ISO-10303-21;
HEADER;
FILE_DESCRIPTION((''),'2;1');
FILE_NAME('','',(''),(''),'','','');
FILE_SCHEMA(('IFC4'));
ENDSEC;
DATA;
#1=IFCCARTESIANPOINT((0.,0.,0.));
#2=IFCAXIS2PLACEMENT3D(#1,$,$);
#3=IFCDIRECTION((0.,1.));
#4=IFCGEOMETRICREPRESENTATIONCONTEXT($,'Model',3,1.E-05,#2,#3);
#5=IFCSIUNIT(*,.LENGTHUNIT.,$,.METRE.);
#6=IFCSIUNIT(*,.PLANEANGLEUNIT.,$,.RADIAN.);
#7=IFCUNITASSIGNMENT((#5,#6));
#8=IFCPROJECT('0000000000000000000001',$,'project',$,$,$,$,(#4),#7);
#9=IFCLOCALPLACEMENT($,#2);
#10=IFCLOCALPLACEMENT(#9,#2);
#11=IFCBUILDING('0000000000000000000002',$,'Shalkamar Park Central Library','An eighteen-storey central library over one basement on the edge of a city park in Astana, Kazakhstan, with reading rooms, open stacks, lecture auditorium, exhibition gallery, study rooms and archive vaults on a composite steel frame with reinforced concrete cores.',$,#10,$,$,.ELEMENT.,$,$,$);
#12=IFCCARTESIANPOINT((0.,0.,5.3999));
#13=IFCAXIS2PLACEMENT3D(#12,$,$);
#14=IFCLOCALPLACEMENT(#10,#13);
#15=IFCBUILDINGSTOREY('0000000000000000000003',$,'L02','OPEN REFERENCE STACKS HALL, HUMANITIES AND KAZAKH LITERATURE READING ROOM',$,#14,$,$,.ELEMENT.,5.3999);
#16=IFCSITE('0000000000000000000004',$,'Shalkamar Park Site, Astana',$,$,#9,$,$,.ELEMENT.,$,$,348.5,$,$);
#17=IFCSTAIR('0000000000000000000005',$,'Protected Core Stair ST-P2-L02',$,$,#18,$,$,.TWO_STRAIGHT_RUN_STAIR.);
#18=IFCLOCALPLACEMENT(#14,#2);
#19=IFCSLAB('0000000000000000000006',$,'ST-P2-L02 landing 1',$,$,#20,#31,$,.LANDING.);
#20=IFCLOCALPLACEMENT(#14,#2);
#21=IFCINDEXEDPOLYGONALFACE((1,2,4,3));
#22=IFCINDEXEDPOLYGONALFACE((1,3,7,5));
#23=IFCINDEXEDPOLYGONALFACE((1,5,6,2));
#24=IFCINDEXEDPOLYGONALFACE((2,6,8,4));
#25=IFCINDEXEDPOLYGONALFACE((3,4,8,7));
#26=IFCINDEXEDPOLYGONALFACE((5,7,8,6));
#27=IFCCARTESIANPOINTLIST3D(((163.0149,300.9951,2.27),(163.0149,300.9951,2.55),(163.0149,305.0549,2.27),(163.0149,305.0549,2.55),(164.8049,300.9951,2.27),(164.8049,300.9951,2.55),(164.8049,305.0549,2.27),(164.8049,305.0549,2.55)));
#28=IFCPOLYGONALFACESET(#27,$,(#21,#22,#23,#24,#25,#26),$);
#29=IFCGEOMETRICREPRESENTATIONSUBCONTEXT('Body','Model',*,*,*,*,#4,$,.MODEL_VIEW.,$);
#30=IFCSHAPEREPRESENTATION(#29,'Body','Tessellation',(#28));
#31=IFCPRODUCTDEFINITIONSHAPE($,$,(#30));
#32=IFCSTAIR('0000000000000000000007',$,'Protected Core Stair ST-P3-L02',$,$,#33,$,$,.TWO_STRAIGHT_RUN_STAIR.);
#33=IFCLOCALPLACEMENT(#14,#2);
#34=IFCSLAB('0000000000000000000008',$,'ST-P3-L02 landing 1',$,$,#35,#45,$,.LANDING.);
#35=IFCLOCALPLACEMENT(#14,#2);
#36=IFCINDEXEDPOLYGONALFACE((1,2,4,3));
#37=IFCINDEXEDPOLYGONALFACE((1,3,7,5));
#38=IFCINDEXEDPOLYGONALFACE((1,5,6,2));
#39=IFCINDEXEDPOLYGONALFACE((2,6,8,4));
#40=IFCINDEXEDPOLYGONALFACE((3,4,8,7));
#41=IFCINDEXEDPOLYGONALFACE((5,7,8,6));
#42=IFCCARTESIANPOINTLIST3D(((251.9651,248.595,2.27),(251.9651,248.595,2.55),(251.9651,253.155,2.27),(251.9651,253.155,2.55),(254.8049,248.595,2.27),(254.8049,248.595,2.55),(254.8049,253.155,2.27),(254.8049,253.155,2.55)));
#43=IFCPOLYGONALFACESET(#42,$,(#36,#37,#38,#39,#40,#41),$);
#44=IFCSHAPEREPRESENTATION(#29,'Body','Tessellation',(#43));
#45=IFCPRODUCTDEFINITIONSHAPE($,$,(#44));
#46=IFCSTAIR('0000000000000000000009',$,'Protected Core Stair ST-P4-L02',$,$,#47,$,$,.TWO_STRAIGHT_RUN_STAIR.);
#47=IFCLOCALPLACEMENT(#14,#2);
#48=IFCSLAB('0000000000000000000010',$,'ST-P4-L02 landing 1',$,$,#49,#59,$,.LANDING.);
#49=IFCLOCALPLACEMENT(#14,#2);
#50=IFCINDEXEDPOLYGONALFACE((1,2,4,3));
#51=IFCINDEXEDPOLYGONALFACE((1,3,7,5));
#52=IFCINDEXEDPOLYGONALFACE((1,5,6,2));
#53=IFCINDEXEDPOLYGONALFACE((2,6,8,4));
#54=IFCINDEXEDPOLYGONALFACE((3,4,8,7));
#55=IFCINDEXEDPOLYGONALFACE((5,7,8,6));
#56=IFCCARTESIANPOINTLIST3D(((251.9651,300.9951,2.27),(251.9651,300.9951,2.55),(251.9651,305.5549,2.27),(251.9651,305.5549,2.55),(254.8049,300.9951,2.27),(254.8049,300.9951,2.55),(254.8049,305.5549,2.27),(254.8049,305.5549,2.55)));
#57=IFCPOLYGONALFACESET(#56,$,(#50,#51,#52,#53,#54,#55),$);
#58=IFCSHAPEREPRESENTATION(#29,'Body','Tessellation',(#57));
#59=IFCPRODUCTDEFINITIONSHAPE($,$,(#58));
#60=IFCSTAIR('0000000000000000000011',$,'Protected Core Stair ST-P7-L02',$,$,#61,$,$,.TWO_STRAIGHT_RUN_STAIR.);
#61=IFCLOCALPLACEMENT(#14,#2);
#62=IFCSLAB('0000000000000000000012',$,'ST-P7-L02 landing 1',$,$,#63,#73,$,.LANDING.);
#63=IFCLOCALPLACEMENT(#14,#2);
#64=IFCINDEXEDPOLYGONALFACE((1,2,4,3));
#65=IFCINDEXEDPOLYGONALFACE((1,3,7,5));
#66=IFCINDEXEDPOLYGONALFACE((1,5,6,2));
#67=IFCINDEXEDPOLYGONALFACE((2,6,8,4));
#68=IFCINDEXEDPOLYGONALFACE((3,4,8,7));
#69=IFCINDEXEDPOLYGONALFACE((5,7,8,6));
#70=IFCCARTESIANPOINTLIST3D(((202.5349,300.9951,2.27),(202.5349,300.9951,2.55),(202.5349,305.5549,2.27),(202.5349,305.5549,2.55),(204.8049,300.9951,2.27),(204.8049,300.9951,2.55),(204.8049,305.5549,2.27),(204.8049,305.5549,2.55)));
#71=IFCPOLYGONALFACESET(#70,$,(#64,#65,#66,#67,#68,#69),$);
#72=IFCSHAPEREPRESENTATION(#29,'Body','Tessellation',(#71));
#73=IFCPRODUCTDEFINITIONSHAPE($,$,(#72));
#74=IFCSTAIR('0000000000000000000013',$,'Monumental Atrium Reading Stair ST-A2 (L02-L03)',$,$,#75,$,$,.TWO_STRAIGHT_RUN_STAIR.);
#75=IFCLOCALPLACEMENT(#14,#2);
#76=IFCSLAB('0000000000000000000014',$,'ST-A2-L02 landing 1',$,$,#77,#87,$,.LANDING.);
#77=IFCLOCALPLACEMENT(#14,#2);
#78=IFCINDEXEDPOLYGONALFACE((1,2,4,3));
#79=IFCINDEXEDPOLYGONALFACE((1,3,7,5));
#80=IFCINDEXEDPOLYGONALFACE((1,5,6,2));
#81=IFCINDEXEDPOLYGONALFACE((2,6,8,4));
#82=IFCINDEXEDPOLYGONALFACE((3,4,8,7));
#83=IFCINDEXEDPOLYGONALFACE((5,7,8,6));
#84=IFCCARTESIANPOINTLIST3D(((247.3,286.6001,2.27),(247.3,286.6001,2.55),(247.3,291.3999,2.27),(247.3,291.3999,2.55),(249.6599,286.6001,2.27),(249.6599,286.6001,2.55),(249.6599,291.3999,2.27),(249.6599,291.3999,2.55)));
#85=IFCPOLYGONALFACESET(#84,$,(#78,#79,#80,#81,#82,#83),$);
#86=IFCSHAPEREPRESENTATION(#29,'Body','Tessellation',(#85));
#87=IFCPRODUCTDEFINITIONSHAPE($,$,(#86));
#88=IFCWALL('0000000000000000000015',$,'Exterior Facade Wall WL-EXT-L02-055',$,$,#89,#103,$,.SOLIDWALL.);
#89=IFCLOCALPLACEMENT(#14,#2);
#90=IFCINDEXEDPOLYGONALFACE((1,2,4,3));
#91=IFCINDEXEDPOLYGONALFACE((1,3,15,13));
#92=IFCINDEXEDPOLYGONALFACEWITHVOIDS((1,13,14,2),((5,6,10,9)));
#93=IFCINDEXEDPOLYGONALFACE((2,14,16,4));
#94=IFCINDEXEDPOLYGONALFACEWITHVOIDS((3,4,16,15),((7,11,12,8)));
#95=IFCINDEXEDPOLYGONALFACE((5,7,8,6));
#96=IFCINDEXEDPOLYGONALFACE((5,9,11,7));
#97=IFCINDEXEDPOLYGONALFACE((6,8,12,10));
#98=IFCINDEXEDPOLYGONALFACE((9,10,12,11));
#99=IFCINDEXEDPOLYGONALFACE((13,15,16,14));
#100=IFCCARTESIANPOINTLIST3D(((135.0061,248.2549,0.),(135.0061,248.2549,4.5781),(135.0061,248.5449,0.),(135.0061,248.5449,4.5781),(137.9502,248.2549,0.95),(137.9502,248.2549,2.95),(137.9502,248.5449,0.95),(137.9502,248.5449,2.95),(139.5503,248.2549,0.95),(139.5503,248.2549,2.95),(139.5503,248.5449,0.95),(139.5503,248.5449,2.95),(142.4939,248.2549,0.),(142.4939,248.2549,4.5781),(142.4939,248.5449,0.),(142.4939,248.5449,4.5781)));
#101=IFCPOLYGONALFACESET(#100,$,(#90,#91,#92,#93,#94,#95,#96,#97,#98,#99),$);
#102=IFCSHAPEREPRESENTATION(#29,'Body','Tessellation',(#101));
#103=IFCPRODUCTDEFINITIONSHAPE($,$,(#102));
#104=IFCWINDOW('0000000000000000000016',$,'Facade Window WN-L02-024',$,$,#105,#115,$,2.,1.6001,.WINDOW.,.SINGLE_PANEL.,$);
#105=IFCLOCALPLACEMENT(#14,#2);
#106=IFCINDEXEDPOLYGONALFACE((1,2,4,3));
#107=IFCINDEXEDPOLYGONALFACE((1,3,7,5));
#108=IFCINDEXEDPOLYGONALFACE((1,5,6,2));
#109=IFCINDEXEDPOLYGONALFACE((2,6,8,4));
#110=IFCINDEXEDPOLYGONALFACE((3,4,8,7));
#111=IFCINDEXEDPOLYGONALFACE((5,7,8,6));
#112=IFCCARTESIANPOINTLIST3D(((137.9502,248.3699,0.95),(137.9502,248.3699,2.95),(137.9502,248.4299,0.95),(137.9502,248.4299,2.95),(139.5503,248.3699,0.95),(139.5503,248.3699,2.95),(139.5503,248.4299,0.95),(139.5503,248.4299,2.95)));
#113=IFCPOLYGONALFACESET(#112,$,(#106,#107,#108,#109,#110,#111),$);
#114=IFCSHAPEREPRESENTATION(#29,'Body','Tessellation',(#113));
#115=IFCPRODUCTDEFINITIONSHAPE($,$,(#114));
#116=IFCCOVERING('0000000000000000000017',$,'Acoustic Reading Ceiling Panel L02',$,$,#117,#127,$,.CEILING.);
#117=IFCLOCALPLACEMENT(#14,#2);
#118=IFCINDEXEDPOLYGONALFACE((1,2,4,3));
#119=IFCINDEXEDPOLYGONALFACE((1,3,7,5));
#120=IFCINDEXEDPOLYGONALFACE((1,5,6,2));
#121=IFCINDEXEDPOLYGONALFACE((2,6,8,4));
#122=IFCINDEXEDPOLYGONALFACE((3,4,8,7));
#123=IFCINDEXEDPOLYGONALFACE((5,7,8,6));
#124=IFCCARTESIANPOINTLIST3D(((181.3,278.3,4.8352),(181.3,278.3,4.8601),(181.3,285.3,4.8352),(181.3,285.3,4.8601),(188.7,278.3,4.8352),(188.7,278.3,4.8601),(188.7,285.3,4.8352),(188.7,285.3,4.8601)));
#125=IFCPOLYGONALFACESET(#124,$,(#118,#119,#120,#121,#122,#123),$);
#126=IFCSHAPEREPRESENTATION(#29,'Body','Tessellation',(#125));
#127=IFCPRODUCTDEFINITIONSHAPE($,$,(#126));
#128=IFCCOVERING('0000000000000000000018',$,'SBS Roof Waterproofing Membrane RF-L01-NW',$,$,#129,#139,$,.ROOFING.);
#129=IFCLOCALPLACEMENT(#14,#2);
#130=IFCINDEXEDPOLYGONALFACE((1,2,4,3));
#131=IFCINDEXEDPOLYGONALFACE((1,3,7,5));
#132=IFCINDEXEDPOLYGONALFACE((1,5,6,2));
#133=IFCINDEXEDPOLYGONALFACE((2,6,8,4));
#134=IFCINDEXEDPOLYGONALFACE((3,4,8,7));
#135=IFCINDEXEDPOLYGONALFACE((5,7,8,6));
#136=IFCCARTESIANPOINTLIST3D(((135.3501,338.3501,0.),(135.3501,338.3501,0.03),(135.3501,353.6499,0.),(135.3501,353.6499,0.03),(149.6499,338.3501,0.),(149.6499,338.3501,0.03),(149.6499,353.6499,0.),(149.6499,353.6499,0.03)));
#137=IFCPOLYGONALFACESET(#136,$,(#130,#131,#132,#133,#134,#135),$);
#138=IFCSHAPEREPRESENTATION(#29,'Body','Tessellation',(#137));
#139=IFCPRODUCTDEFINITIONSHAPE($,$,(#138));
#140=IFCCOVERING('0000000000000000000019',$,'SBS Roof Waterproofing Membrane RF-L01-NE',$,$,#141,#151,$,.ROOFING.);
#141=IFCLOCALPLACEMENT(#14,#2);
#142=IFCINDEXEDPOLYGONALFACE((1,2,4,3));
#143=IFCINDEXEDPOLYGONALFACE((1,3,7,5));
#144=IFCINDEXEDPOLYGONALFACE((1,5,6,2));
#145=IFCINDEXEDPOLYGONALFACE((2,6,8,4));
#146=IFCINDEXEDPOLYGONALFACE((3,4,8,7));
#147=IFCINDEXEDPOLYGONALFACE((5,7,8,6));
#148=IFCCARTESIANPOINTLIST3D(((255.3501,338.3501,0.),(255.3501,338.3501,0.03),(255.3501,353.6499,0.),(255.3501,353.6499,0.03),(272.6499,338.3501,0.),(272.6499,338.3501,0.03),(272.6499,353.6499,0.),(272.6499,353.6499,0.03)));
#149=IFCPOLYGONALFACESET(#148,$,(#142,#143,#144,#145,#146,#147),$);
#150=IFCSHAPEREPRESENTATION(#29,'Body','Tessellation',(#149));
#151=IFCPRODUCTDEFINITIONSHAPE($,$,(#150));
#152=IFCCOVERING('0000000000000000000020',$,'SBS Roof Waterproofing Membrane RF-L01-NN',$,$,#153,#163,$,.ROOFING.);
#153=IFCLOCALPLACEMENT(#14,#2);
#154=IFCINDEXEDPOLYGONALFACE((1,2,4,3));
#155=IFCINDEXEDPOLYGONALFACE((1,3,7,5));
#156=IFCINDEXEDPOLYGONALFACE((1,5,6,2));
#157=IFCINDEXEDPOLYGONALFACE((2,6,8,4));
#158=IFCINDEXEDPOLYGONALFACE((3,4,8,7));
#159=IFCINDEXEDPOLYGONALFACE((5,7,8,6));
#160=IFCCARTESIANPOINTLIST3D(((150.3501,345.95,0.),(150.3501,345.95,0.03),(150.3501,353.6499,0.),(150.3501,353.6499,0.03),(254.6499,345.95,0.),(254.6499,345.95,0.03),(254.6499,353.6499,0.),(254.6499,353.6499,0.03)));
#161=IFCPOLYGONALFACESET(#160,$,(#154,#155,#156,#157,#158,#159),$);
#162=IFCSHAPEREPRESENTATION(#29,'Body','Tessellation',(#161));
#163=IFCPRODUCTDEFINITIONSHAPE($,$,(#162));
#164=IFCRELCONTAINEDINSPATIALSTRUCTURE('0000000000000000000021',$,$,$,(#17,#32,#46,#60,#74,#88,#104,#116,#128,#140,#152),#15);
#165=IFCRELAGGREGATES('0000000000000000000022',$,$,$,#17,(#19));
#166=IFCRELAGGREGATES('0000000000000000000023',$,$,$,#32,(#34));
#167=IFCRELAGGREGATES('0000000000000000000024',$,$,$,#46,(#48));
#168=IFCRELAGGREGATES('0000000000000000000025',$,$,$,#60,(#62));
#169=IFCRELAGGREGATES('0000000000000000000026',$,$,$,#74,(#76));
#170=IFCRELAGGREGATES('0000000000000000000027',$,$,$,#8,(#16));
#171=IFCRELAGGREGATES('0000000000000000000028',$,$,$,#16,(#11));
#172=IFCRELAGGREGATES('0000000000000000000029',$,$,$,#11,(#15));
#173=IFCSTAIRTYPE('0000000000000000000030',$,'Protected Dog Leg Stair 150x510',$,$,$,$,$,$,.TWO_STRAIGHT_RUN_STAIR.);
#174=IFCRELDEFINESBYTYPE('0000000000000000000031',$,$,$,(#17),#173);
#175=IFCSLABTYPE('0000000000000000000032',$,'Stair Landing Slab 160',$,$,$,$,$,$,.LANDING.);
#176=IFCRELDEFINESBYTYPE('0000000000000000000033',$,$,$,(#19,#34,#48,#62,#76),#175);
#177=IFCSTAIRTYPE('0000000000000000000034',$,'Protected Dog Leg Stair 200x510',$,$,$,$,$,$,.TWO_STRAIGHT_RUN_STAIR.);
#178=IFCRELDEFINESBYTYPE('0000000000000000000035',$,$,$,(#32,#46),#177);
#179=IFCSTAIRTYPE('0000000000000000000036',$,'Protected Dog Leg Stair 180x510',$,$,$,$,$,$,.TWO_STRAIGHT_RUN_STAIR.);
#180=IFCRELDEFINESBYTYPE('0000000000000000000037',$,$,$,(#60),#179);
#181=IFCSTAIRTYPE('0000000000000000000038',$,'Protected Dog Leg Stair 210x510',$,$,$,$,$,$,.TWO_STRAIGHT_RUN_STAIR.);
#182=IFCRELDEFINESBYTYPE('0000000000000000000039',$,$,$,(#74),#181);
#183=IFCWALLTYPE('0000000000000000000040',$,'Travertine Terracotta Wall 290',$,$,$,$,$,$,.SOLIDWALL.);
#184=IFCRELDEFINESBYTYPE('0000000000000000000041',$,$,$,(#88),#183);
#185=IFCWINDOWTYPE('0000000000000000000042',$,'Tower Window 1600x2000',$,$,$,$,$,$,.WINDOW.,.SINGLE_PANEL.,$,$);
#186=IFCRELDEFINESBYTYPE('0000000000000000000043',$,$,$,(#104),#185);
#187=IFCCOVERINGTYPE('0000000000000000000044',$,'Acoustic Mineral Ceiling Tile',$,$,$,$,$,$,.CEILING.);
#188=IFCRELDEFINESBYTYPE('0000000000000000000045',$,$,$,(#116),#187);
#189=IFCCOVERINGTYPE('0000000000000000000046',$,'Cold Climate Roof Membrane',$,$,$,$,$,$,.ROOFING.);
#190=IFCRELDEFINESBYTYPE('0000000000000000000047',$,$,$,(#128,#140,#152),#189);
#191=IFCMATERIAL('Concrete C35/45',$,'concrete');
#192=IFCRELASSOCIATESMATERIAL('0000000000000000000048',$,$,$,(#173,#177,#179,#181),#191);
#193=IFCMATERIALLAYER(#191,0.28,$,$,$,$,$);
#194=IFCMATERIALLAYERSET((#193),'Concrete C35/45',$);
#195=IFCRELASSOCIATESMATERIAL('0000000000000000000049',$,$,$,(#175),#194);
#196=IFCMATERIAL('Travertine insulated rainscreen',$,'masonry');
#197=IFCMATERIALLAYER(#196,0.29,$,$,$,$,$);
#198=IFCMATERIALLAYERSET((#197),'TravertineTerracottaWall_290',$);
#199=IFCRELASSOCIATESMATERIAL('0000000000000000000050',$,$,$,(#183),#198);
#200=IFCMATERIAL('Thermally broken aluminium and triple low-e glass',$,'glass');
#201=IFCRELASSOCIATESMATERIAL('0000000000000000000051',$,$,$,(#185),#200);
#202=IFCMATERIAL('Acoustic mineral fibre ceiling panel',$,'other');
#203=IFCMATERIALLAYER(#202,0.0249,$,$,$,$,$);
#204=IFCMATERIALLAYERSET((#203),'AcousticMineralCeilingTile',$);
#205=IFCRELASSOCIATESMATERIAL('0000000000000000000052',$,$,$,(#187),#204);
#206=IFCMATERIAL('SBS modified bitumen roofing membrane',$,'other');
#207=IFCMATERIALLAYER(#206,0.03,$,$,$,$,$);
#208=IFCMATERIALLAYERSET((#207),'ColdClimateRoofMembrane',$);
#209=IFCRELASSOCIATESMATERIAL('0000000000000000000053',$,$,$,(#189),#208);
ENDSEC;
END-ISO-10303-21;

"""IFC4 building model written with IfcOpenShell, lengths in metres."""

from ifc_helpers import new_model, si_unit, direction, frame, frame_2d, origin, place, context, subcontext, project, spatial, polyline, rectangle, outline, extrude, material, layer, layer_set, type_object, element, fill, aggregate, save


model = new_model("IFC4")

# Units and contexts
model_context = context("Model", 3, precision=1e-05, world=origin(), true_north=direction((0.0, 1.0)))
body_context = subcontext(model_context, "Body", "Model", "MODEL_VIEW")
ifc_project = project(units=[si_unit("LENGTHUNIT", "METRE"), si_unit("PLANEANGLEUNIT", "RADIAN")], contexts=[model_context])

# Site, building, storey
site_placement = place(None, origin())
site = spatial("IfcSite", under=ifc_project, at=site_placement, Name="Shalkamar Park Site, Astana", CompositionType="ELEMENT", RefElevation=348.5)
building_placement = place(site_placement, origin())
building = spatial("IfcBuilding", under=site, at=building_placement, Name="Shalkamar Park Central Library", Description="An eighteen-storey central library over one basement on the edge of a city park in Astana, Kazakhstan, with reading rooms, open stacks, lecture auditorium, exhibition gallery, study rooms and archive vaults on a composite steel frame with reinforced concrete cores.", CompositionType="ELEMENT")
storey_placement = place(building_placement, frame((0.0, 0.0, 5.3999)))
storey = spatial("IfcBuildingStorey", under=building, at=storey_placement, Name="L02", Description="OPEN REFERENCE STACKS HALL, HUMANITIES AND KAZAKH LITERATURE READING ROOM", CompositionType="ELEMENT", Elevation=5.3999)

# Stairs, slabs
ifc_material_1 = material(Name="Concrete C35/45", Category="concrete")
stair_type_1 = type_object("IfcStairType", Name="Protected Dog Leg Stair 150x510", PredefinedType="TWO_STRAIGHT_RUN_STAIR", material=ifc_material_1)
ifc_layer_1 = layer(ifc_material_1, 0.28)
ifc_layer_set_1 = layer_set([ifc_layer_1], Name="Concrete C35/45")
slab_type = type_object("IfcSlabType", Name="Stair Landing Slab 160", PredefinedType="LANDING", material=ifc_layer_set_1)
stair_1_placement = place(storey_placement, origin())
stair_1 = element("IfcStair", 1, at=stair_1_placement, inside=storey, type_object=stair_type_1, Name="Protected Core Stair ST-P2-L02", PredefinedType="TWO_STRAIGHT_RUN_STAIR")
slab_1_placement = place(storey_placement, frame((0.0, 0.0, 2.27)))
slab_1 = element("IfcSlab", 2, at=slab_1_placement, type_object=slab_type, Name="ST-P2-L02 landing 1", PredefinedType="LANDING", context=body_context, shape_type="SweptSolid", body=[
    extrude(outline(polyline([(163.0149, 300.9951), (164.8049, 300.9951), (164.8049, 305.0549), (163.0149, 305.0549), (163.0149, 300.9951)])), origin(), (0.0, 0.0, 1.0), 0.28),
])
aggregate(stair_1, [slab_1])
stair_type_2 = type_object("IfcStairType", Name="Protected Dog Leg Stair 200x510", PredefinedType="TWO_STRAIGHT_RUN_STAIR", material=ifc_material_1)
stair_2_placement = place(storey_placement, origin())
stair_2 = element("IfcStair", 3, at=stair_2_placement, inside=storey, type_object=stair_type_2, Name="Protected Core Stair ST-P3-L02", PredefinedType="TWO_STRAIGHT_RUN_STAIR")
slab_2_placement = place(storey_placement, frame((0.0, 0.0, 2.27)))
slab_2 = element("IfcSlab", 4, at=slab_2_placement, type_object=slab_type, Name="ST-P3-L02 landing 1", PredefinedType="LANDING", context=body_context, shape_type="SweptSolid", body=[
    extrude(outline(polyline([(251.9651, 248.595), (254.8049, 248.595), (254.8049, 253.155), (251.9651, 253.155), (251.9651, 248.595)])), origin(), (0.0, 0.0, 1.0), 0.28),
])
aggregate(stair_2, [slab_2])
stair_3_placement = place(storey_placement, origin())
stair_3 = element("IfcStair", 5, at=stair_3_placement, inside=storey, type_object=stair_type_2, Name="Protected Core Stair ST-P4-L02", PredefinedType="TWO_STRAIGHT_RUN_STAIR")
slab_3_placement = place(storey_placement, frame((0.0, 0.0, 2.27)))
slab_3 = element("IfcSlab", 6, at=slab_3_placement, type_object=slab_type, Name="ST-P4-L02 landing 1", PredefinedType="LANDING", context=body_context, shape_type="SweptSolid", body=[
    extrude(outline(polyline([(251.9651, 300.9951), (254.8049, 300.9951), (254.8049, 305.5549), (251.9651, 305.5549), (251.9651, 300.9951)])), origin(), (0.0, 0.0, 1.0), 0.28),
])
aggregate(stair_3, [slab_3])
stair_type_3 = type_object("IfcStairType", Name="Protected Dog Leg Stair 180x510", PredefinedType="TWO_STRAIGHT_RUN_STAIR", material=ifc_material_1)
stair_4_placement = place(storey_placement, origin())
stair_4 = element("IfcStair", 7, at=stair_4_placement, inside=storey, type_object=stair_type_3, Name="Protected Core Stair ST-P7-L02", PredefinedType="TWO_STRAIGHT_RUN_STAIR")
slab_4_placement = place(storey_placement, frame((0.0, 0.0, 2.27)))
slab_4 = element("IfcSlab", 8, at=slab_4_placement, type_object=slab_type, Name="ST-P7-L02 landing 1", PredefinedType="LANDING", context=body_context, shape_type="SweptSolid", body=[
    extrude(outline(polyline([(202.5349, 300.9951), (204.8049, 300.9951), (204.8049, 305.5549), (202.5349, 305.5549), (202.5349, 300.9951)])), origin(), (0.0, 0.0, 1.0), 0.28),
])
aggregate(stair_4, [slab_4])
stair_type_4 = type_object("IfcStairType", Name="Protected Dog Leg Stair 210x510", PredefinedType="TWO_STRAIGHT_RUN_STAIR", material=ifc_material_1)
stair_5_placement = place(storey_placement, origin())
stair_5 = element("IfcStair", 9, at=stair_5_placement, inside=storey, type_object=stair_type_4, Name="Monumental Atrium Reading Stair ST-A2 (L02-L03)", PredefinedType="TWO_STRAIGHT_RUN_STAIR")
slab_5_placement = place(storey_placement, frame((0.0, 0.0, 2.27)))
slab_5 = element("IfcSlab", 10, at=slab_5_placement, type_object=slab_type, Name="ST-A2-L02 landing 1", PredefinedType="LANDING", context=body_context, shape_type="SweptSolid", body=[
    extrude(outline(polyline([(247.3, 286.6001), (249.6599, 286.6001), (249.6599, 291.3999), (247.3, 291.3999), (247.3, 286.6001)])), origin(), (0.0, 0.0, 1.0), 0.28),
])
aggregate(stair_5, [slab_5])

# Wall, opening, window
ifc_material_2 = material(Name="Travertine insulated rainscreen", Category="masonry")
ifc_layer_2 = layer(ifc_material_2, 0.29)
ifc_layer_set_2 = layer_set([ifc_layer_2], Name="TravertineTerracottaWall_290")
wall_type = type_object("IfcWallType", Name="Travertine Terracotta Wall 290", PredefinedType="SOLIDWALL", material=ifc_layer_set_2)
wall_placement = place(storey_placement, frame((135.0061, 248.3999, 0.0), z_axis=(0.0, 0.0, 1.0), x_axis=(1.0, 0.0, 0.0)))
wall = element("IfcWall", 11, at=wall_placement, inside=storey, type_object=wall_type, Name="Exterior Facade Wall WL-EXT-L02-055", PredefinedType="SOLIDWALL", context=body_context, shape_type="SweptSolid", body=[
    extrude(rectangle(XDim=7.4878, YDim=0.29, at=frame_2d((3.7439, 0.0))), origin(), (0.0, 0.0, 1.0), 4.5781),
])
opening_placement = place(wall_placement, frame((2.9441, 0.0, 0.95)))
opening = element("IfcOpeningElement", 12, at=opening_placement, cuts=wall, PredefinedType="OPENING", context=body_context, shape_type="SweptSolid", body=[
    extrude(rectangle(XDim=1.6001, YDim=2.0, at=frame_2d((0.8, 1.0))), frame((0.0, 0.1599, 0.0), z_axis=(0.0, -1.0, 0.0), x_axis=(1.0, 0.0, 0.0)), (0.0, 0.0, 1.0), 0.3198),
])
ifc_material_3 = material(Name="Thermally broken aluminium and triple low-e glass", Category="glass")
window_type = type_object("IfcWindowType", Name="Tower Window 1600x2000", PartitioningType="SINGLE_PANEL", PredefinedType="WINDOW", material=ifc_material_3)
window_placement = place(opening_placement, origin())
window = element("IfcWindow", 13, at=window_placement, inside=storey, type_object=window_type, Name="Facade Window WN-L02-024", OverallHeight=2.0, OverallWidth=1.6001, PartitioningType="SINGLE_PANEL", PredefinedType="WINDOW", context=body_context, shape_type="SweptSolid", body=[
    extrude(rectangle(XDim=1.6001, YDim=2.0, at=frame_2d((0.8, 1.0))), frame((0.0, 0.03, 0.0), z_axis=(0.0, -1.0, 0.0), x_axis=(1.0, 0.0, 0.0)), (0.0, 0.0, 1.0), 0.0601),
])
fill(opening, window)

# Coverings
ifc_material_4 = material(Name="Acoustic mineral fibre ceiling panel", Category="other")
ifc_layer_3 = layer(ifc_material_4, 0.0249)
ifc_layer_set_3 = layer_set([ifc_layer_3], Name="AcousticMineralCeilingTile")
covering_type_1 = type_object("IfcCoveringType", Name="Acoustic Mineral Ceiling Tile", PredefinedType="CEILING", material=ifc_layer_set_3)
covering_1_placement = place(storey_placement, frame((0.0, 0.0, 4.8352)))
element("IfcCovering", 14, at=covering_1_placement, inside=storey, type_object=covering_type_1, Name="Acoustic Reading Ceiling Panel L02", PredefinedType="CEILING", context=body_context, shape_type="SweptSolid", body=[
    extrude(outline(polyline([(181.3, 278.3), (188.7, 278.3), (188.7, 285.3), (181.3, 285.3), (181.3, 278.3)])), origin(), (0.0, 0.0, 1.0), 0.0249),
])
ifc_material_5 = material(Name="SBS modified bitumen roofing membrane", Category="other")
ifc_layer_4 = layer(ifc_material_5, 0.03)
ifc_layer_set_4 = layer_set([ifc_layer_4], Name="ColdClimateRoofMembrane")
covering_type_2 = type_object("IfcCoveringType", Name="Cold Climate Roof Membrane", PredefinedType="ROOFING", material=ifc_layer_set_4)
covering_2_placement = place(storey_placement, origin())
element("IfcCovering", 15, at=covering_2_placement, inside=storey, type_object=covering_type_2, Name="SBS Roof Waterproofing Membrane RF-L01-NW", PredefinedType="ROOFING", context=body_context, shape_type="SweptSolid", body=[
    extrude(outline(polyline([(135.3501, 338.3501), (149.6499, 338.3501), (149.6499, 353.6499), (135.3501, 353.6499), (135.3501, 338.3501)])), origin(), (0.0, 0.0, 1.0), 0.03),
])
covering_3_placement = place(storey_placement, origin())
element("IfcCovering", 16, at=covering_3_placement, inside=storey, type_object=covering_type_2, Name="SBS Roof Waterproofing Membrane RF-L01-NE", PredefinedType="ROOFING", context=body_context, shape_type="SweptSolid", body=[
    extrude(outline(polyline([(255.3501, 338.3501), (272.6499, 338.3501), (272.6499, 353.6499), (255.3501, 353.6499), (255.3501, 338.3501)])), origin(), (0.0, 0.0, 1.0), 0.03),
])
covering_4_placement = place(storey_placement, origin())
element("IfcCovering", 17, at=covering_4_placement, inside=storey, type_object=covering_type_2, Name="SBS Roof Waterproofing Membrane RF-L01-NN", PredefinedType="ROOFING", context=body_context, shape_type="SweptSolid", body=[
    extrude(outline(polyline([(150.3501, 345.95), (254.6499, 345.95), (254.6499, 353.6499), (150.3501, 353.6499), (150.3501, 345.95)])), origin(), (0.0, 0.0, 1.0), 0.03),
])

save(model, "model.ifc")
